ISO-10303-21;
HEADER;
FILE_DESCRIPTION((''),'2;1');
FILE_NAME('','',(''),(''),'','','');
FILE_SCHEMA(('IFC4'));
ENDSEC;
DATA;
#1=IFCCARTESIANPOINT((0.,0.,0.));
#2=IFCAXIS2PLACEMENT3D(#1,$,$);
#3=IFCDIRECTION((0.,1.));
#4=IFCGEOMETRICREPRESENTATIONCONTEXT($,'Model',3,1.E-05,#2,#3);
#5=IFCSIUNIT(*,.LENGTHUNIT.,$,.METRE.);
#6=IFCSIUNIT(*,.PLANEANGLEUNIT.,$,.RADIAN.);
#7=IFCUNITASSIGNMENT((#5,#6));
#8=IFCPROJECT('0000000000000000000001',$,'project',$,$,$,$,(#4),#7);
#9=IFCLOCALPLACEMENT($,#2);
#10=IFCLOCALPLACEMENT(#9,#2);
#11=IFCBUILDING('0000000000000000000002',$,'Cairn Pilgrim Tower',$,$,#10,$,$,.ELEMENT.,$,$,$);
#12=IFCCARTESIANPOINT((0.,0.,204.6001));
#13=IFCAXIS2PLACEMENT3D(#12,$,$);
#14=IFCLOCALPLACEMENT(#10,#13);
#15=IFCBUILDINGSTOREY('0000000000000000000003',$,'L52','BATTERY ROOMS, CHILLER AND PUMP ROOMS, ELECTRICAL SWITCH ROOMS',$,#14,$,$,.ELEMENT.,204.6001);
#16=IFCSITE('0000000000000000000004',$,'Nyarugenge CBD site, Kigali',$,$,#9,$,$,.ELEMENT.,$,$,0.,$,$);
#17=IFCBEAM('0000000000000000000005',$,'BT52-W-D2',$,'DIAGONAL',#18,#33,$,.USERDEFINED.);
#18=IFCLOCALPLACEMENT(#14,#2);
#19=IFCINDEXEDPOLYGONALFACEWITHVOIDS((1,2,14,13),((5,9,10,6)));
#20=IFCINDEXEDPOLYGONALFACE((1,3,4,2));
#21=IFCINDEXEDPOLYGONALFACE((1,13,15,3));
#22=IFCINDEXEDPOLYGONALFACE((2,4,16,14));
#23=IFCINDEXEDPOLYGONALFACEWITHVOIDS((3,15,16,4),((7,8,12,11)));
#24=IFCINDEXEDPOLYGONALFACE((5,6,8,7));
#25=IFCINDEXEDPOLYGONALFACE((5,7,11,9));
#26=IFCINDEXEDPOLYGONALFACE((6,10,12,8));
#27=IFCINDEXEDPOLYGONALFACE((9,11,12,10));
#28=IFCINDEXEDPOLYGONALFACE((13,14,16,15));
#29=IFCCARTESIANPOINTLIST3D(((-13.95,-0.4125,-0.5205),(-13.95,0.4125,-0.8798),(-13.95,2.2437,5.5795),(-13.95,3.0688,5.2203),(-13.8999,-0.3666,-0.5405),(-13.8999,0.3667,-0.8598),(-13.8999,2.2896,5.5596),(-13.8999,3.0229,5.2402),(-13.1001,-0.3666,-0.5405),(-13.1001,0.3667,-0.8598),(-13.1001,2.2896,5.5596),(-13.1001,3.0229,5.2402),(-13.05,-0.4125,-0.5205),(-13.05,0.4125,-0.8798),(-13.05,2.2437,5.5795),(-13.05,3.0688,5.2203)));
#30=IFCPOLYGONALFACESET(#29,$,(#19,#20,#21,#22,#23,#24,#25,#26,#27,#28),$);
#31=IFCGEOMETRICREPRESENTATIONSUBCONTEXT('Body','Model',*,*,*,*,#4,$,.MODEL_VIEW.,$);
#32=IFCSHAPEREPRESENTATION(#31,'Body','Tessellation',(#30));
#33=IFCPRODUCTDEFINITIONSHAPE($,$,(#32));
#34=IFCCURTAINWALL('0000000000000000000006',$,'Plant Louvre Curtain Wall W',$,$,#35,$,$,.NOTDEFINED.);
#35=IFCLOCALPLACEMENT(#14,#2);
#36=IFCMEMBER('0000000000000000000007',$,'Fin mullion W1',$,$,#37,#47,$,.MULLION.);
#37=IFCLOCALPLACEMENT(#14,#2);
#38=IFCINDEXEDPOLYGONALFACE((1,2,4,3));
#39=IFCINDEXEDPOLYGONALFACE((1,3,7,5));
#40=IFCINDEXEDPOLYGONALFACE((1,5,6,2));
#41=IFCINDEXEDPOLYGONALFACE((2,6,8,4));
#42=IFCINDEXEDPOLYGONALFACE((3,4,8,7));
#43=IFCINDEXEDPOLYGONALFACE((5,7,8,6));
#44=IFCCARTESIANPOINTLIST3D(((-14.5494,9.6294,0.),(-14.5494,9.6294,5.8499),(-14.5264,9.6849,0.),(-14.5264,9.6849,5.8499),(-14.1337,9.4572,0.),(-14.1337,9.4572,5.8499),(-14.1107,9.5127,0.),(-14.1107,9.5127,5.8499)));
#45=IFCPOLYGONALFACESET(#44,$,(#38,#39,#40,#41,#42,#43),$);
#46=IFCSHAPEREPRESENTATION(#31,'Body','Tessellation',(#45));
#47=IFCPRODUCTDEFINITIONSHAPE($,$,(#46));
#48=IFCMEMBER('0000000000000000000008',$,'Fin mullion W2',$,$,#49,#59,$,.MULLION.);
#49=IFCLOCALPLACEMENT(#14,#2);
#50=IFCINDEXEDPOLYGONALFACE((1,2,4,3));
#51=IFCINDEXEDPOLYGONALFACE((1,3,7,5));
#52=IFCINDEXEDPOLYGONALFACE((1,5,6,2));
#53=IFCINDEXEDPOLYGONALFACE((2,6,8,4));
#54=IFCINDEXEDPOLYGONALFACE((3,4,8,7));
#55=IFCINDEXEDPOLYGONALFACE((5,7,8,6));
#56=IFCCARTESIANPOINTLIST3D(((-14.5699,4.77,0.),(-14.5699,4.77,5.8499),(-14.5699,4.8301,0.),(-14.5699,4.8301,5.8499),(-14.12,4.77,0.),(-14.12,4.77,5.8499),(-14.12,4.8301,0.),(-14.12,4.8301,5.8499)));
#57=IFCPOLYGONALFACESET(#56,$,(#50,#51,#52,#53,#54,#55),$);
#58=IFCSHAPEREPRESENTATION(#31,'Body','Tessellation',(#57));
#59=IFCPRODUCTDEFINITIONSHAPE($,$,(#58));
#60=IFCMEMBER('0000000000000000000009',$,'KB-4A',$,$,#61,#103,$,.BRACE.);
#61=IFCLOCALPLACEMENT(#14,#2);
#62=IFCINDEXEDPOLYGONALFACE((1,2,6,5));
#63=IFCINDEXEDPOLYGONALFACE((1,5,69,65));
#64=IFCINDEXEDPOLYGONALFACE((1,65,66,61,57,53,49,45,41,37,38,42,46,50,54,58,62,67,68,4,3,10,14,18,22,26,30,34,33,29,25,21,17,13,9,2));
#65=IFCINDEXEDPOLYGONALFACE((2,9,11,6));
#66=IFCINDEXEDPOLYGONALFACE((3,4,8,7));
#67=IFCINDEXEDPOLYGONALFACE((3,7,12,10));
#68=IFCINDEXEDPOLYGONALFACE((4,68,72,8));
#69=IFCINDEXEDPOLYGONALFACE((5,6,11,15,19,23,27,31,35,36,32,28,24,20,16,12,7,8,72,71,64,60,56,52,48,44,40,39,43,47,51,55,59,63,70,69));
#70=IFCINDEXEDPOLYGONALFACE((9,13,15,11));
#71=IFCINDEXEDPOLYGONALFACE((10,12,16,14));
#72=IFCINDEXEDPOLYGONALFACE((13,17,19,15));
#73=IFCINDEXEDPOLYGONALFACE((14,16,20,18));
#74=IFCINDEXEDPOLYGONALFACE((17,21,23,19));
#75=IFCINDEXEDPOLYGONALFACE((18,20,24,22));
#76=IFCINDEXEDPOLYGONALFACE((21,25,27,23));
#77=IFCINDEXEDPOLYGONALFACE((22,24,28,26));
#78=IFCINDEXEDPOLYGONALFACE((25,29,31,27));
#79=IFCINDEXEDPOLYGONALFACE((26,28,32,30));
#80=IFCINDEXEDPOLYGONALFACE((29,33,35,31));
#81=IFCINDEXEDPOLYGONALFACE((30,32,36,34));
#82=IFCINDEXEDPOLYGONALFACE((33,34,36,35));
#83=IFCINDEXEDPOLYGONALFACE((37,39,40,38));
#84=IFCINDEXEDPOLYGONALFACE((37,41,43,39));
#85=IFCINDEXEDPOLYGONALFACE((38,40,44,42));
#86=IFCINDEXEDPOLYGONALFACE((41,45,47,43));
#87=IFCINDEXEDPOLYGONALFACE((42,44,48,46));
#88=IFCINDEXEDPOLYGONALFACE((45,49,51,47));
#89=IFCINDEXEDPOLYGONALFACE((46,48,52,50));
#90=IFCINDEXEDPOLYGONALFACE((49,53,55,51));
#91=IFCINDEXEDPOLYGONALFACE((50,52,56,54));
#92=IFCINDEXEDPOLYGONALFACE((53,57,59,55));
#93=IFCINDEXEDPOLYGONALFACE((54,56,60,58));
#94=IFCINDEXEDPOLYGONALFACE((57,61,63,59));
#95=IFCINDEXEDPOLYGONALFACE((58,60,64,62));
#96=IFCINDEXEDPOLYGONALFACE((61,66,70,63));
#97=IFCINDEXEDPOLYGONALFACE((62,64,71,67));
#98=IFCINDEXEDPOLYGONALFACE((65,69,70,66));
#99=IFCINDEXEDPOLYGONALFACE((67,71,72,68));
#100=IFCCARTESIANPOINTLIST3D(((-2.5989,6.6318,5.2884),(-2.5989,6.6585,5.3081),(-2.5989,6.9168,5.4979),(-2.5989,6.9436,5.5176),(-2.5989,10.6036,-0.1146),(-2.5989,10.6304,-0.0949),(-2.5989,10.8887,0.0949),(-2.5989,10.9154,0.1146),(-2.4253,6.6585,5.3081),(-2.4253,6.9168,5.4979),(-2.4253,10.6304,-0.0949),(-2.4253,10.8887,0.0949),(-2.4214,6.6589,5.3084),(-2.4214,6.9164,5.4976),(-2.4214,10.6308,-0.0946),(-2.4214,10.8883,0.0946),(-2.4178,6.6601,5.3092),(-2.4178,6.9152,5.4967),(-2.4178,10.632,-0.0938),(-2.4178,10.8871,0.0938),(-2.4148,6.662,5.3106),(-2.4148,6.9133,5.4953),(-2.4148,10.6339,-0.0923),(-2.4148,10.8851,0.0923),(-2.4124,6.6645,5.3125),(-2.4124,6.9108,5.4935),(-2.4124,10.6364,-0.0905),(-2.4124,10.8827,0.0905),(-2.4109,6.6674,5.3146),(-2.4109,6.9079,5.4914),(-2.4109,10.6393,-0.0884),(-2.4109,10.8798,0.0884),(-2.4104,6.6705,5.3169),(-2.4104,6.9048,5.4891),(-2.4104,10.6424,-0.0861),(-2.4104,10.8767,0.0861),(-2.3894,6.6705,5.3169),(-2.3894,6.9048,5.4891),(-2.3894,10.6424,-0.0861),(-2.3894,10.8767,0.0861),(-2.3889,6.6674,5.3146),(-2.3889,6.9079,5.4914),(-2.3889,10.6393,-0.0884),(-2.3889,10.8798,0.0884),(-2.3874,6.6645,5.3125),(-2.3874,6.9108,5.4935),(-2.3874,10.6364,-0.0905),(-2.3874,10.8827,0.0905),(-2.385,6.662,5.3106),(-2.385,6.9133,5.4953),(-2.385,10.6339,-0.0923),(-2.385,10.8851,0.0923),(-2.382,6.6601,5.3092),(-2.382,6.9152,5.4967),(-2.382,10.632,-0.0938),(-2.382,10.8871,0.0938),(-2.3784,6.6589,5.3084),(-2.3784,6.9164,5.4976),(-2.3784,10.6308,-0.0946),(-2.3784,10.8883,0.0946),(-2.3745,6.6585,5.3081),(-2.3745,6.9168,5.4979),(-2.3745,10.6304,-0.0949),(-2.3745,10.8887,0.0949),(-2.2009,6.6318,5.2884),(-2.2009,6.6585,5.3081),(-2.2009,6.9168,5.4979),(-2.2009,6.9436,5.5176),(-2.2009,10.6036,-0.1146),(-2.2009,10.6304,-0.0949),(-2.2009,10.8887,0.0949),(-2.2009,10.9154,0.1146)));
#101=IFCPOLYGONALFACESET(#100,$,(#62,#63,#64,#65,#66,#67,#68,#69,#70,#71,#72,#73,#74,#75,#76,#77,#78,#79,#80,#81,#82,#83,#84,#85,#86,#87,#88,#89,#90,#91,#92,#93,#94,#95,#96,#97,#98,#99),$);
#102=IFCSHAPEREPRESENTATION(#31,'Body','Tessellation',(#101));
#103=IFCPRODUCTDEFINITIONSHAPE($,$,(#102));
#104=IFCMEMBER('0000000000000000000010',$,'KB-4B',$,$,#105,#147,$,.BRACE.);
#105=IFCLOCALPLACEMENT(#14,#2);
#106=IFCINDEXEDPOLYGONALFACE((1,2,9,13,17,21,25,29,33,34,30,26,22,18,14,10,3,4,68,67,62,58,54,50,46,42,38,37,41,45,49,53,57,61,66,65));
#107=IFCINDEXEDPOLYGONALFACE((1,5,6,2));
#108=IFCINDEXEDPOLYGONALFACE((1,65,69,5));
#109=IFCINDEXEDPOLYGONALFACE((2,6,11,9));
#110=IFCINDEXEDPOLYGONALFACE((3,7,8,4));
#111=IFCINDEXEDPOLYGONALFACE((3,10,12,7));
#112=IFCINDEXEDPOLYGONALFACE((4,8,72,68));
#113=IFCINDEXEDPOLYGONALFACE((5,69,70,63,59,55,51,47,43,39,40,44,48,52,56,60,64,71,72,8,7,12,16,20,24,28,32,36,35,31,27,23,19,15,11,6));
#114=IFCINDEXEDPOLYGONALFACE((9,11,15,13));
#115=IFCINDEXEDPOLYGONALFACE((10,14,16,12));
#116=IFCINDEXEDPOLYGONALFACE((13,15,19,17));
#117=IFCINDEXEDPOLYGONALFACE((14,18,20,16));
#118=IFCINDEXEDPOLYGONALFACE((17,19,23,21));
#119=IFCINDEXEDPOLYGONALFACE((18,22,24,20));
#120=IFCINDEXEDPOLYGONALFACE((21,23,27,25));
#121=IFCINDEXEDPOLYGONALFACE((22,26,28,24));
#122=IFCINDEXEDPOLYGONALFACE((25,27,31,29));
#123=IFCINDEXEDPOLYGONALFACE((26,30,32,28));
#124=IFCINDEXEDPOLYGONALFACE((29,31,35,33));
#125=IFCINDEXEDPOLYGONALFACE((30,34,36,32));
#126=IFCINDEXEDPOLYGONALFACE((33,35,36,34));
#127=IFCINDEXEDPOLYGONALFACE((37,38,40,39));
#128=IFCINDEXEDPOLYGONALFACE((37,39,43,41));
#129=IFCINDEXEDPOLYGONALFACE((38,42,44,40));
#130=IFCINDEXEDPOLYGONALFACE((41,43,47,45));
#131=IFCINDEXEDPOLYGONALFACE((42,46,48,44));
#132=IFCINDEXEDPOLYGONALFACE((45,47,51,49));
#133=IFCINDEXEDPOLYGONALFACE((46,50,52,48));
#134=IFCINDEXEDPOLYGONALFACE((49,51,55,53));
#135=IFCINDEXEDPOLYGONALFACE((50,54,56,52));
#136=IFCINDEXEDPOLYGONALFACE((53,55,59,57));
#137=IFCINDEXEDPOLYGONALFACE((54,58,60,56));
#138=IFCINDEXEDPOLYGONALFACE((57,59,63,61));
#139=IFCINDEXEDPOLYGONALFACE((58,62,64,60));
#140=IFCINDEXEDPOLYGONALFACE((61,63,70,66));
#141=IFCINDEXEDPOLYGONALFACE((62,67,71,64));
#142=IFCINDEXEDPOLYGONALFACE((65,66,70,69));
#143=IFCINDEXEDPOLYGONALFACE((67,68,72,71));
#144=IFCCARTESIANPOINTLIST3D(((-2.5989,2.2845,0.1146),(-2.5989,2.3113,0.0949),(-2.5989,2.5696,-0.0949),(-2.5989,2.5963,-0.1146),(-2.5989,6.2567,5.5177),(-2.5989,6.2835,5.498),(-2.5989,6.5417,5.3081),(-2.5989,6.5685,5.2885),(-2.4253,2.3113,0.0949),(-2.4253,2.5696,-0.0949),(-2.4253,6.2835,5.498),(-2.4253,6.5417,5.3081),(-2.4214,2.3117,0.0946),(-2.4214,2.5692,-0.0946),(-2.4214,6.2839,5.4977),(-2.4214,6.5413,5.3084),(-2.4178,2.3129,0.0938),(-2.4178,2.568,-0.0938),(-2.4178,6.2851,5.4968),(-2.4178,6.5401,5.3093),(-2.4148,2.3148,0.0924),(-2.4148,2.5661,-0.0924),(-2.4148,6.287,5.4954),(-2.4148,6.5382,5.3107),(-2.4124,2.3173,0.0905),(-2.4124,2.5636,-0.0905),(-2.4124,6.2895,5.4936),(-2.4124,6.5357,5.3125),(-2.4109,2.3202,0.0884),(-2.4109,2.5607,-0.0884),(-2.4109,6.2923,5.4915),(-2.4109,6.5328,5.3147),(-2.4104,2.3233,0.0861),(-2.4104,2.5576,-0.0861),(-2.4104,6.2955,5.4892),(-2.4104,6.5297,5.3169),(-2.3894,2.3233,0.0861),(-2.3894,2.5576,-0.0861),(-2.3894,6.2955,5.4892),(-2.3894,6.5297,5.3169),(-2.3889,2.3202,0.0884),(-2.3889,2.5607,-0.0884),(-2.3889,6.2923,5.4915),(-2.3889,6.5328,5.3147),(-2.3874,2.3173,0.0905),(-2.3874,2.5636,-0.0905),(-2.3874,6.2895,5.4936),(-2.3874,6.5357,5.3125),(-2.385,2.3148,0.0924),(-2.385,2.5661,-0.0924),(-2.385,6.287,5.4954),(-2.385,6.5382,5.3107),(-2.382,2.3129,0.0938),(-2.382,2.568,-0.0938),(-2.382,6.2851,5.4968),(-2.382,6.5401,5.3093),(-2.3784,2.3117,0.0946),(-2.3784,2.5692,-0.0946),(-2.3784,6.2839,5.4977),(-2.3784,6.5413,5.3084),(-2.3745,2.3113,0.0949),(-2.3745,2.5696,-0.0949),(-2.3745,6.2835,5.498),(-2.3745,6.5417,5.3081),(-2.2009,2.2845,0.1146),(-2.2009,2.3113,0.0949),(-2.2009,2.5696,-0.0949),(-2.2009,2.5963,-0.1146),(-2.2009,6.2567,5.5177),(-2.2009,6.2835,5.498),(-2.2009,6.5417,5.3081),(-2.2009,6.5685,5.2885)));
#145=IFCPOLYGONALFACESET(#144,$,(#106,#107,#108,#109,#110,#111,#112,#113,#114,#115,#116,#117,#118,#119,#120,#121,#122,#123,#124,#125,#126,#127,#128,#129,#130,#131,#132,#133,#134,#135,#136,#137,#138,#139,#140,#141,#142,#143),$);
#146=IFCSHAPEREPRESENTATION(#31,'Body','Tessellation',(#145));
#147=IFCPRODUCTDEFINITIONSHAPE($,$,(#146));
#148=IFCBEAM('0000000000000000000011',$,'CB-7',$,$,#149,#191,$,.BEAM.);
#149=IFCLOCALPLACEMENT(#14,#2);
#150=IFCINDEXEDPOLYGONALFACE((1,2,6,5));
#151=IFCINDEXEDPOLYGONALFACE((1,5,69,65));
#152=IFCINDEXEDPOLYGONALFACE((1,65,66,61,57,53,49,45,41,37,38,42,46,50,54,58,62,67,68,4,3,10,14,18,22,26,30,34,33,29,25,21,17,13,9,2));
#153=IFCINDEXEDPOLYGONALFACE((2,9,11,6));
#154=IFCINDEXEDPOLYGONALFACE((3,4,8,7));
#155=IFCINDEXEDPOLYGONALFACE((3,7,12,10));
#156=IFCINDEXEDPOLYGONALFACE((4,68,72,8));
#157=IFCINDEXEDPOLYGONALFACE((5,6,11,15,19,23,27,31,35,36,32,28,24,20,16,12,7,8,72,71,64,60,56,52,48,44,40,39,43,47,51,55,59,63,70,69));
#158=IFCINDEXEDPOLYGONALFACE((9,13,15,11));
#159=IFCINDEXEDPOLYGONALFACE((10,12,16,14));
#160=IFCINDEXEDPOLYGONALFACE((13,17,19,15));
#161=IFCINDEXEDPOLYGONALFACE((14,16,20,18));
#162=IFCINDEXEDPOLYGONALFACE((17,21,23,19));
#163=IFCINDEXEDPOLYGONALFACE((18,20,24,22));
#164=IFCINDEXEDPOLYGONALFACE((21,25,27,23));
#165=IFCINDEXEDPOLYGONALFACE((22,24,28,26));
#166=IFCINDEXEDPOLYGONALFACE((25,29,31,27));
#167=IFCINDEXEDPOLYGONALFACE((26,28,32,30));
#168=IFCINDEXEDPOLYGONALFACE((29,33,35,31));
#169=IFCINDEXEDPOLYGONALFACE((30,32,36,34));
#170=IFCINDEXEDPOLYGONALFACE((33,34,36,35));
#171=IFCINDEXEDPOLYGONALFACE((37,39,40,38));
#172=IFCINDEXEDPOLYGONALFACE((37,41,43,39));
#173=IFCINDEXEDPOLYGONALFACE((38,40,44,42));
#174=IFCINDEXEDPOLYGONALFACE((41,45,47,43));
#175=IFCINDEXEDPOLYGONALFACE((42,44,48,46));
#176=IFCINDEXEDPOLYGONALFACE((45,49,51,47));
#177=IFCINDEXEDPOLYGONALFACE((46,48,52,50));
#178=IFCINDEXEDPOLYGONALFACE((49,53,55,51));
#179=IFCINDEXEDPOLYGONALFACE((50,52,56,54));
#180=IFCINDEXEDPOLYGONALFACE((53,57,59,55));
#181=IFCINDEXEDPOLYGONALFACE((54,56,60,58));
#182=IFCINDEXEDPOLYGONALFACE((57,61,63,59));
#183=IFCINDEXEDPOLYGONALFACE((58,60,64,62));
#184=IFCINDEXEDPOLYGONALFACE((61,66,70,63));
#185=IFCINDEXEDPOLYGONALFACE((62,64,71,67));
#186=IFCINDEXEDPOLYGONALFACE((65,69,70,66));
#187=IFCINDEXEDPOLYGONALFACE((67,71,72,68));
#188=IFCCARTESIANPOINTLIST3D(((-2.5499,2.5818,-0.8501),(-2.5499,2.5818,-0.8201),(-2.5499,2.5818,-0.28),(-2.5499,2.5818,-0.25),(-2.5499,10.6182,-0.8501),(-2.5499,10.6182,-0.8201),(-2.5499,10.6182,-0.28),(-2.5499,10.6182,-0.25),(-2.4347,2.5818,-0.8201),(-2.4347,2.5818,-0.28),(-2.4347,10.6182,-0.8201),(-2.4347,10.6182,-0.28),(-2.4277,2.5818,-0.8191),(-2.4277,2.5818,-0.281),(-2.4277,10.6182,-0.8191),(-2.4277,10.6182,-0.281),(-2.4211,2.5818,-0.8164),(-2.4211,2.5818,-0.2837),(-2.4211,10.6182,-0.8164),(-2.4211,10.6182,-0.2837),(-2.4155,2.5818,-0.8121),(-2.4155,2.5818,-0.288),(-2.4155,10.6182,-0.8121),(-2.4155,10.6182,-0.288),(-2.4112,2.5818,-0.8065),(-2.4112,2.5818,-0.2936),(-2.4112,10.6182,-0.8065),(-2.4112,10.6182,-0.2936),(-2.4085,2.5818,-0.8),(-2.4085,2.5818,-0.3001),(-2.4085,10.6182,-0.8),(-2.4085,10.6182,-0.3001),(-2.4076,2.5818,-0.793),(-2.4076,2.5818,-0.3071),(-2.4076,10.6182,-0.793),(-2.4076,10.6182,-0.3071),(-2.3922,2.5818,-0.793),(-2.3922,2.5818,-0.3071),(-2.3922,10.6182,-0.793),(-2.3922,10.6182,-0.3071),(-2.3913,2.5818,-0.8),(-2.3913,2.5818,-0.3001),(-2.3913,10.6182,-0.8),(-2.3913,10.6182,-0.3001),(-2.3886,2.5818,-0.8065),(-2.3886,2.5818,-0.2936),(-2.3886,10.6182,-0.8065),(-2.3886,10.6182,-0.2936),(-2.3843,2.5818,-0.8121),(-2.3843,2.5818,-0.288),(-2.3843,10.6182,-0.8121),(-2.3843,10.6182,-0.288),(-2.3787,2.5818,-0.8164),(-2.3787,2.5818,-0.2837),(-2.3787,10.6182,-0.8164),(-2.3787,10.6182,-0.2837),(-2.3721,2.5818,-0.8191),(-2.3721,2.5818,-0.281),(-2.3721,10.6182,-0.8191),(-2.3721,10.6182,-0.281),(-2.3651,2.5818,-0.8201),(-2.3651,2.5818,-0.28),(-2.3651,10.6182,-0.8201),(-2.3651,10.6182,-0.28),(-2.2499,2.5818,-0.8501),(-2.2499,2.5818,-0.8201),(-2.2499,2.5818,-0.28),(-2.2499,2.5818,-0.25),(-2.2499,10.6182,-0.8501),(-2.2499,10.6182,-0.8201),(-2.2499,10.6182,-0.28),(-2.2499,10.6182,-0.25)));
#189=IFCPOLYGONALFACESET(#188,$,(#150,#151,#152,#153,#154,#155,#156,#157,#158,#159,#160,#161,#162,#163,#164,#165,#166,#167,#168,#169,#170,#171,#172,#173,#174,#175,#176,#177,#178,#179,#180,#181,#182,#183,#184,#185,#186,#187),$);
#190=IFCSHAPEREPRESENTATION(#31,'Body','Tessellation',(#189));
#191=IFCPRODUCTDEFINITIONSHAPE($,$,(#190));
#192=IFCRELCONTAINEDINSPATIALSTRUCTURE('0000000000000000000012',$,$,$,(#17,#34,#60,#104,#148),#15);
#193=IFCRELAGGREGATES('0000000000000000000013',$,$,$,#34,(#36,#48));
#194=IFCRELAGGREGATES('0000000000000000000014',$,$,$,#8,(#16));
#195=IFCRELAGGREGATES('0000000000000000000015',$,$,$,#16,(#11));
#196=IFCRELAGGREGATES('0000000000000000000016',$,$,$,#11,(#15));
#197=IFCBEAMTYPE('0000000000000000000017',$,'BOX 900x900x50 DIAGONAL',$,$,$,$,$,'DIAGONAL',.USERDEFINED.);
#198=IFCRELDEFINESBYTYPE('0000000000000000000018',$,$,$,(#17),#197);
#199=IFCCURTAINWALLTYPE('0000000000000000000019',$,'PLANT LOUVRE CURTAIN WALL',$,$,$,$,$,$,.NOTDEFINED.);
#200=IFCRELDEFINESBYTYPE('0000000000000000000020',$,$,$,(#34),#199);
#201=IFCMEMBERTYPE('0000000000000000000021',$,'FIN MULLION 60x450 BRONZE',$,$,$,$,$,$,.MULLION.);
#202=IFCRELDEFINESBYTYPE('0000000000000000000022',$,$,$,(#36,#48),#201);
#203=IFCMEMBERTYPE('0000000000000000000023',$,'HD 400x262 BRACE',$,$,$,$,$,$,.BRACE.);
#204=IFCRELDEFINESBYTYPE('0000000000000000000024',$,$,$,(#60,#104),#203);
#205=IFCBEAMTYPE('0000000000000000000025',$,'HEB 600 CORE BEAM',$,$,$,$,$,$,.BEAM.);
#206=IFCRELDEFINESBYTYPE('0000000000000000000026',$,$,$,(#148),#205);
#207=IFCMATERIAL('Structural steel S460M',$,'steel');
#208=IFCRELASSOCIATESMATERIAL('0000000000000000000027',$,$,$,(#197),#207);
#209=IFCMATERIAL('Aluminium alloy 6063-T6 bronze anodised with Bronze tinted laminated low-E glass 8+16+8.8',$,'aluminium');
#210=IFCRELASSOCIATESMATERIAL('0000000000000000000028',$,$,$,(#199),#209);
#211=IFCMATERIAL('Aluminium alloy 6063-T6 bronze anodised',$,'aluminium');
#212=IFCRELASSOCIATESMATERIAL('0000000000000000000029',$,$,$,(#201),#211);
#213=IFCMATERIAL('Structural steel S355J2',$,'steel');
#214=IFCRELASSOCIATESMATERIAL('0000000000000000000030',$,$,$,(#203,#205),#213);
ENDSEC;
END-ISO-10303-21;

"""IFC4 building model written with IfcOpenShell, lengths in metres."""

from ifc_helpers import new_model, si_unit, direction, frame, origin, origin_2d, place, context, subcontext, project, spatial, rectangle, hollow_rectangle, i_section, extrude, material, material_profile, profile_set, type_object, element, aggregate, save


model = new_model("IFC4")

# Units and contexts
model_context = context("Model", 3, precision=1e-05, world=origin(), true_north=direction((0.0, 1.0)))
body_context = subcontext(model_context, "Body", "Model", "MODEL_VIEW")
ifc_project = project(units=[si_unit("LENGTHUNIT", "METRE"), si_unit("PLANEANGLEUNIT", "RADIAN")], contexts=[model_context])

# Site, building, storey
site_placement = place(None, origin())
site = spatial("IfcSite", under=ifc_project, at=site_placement, Name="Nyarugenge CBD site, Kigali", CompositionType="ELEMENT", RefElevation=0.0)
building_placement = place(site_placement, origin())
building = spatial("IfcBuilding", under=site, at=building_placement, Name="Cairn Pilgrim Tower", CompositionType="ELEMENT")
storey_placement = place(building_placement, frame((0.0, 0.0, 204.6001)))
storey = spatial("IfcBuildingStorey", under=building, at=storey_placement, Name="L52", Description="BATTERY ROOMS, CHILLER AND PUMP ROOMS, ELECTRICAL SWITCH ROOMS", CompositionType="ELEMENT", Elevation=204.6001)

# Shared definitions
ifc_material_1 = material(Name="Structural steel S460M", Category="steel")
ifc_material_2 = material(Name="Structural steel S355J2", Category="steel")

# Beam
ifc_material_profile_1 = material_profile(ifc_material_1, hollow_rectangle(XDim=0.8999, YDim=0.8999, WallThickness=0.05, at=origin_2d()), Name="BOX 900x900x50")
ifc_profile_set_1 = profile_set([ifc_material_profile_1], Name="Structural steel S460M")
beam_type_1 = type_object("IfcBeamType", Name="BOX 900x900x50 DIAGONAL", ElementType="DIAGONAL", PredefinedType="USERDEFINED", material=ifc_profile_set_1)
beam_1_placement = place(storey_placement, frame((-13.5, 2.6562, 5.3999), z_axis=(0.0, -0.399236, -0.916848), x_axis=(1.0, 0.0, 0.0)))
element("IfcBeam", 1, at=beam_1_placement, inside=storey, type_object=beam_type_1, Name="BT52-W-D2", ObjectType="DIAGONAL", PredefinedType="USERDEFINED", context=body_context, shape_type="SweptSolid", body=[
    extrude(hollow_rectangle(XDim=0.8999, YDim=0.8999, WallThickness=0.05, at=origin_2d()), origin(), (0.0, 0.0, 1.0), 6.6533),
])

# Curtain wall, members
ifc_material_3 = material(Name="Aluminium alloy 6063-T6 bronze anodised with Bronze tinted laminated low-E glass 8+16+8.8", Category="aluminium")
curtain_wall_type = type_object("IfcCurtainWallType", Name="PLANT LOUVRE CURTAIN WALL", PredefinedType="NOTDEFINED", material=ifc_material_3)
curtain_wall_1_placement = place(storey_placement, origin())
curtain_wall_1 = element("IfcCurtainWall", 2, at=curtain_wall_1_placement, inside=storey, type_object=curtain_wall_type, Name="Plant Louvre Curtain Wall W", PredefinedType="NOTDEFINED")
ifc_material_4 = material(Name="Aluminium alloy 6063-T6 bronze anodised", Category="aluminium")
ifc_material_profile_2 = material_profile(ifc_material_4, rectangle(XDim=0.45, YDim=0.0601, at=origin_2d()), Name="FIN MULLION 60x450 BRONZE")
ifc_profile_set_2 = profile_set([ifc_material_profile_2], Name="Aluminium alloy 6063-T6 bronze anodised")
member_type_1 = type_object("IfcMemberType", Name="FIN MULLION 60x450 BRONZE", PredefinedType="MULLION", material=ifc_profile_set_2)
member_1_placement = place(storey_placement, frame((-14.3301, 9.571, 0.0), z_axis=(0.0, 0.0, 1.0), x_axis=(-0.92388, 0.382683, 0.0)))
member_1 = element("IfcMember", 3, at=member_1_placement, type_object=member_type_1, Name="Fin mullion W1", PredefinedType="MULLION", context=body_context, shape_type="SweptSolid", body=[
    extrude(rectangle(XDim=0.45, YDim=0.0601, at=origin_2d()), origin(), (0.0, 0.0, 1.0), 5.8499),
])
member_2_placement = place(storey_placement, frame((-14.345, 4.8, 0.0), z_axis=(0.0, 0.0, 1.0), x_axis=(-1.0, 0.0, 0.0)))
member_2 = element("IfcMember", 4, at=member_2_placement, type_object=member_type_1, Name="Fin mullion W2", PredefinedType="MULLION", context=body_context, shape_type="SweptSolid", body=[
    extrude(rectangle(XDim=0.45, YDim=0.0601, at=origin_2d()), origin(), (0.0, 0.0, 1.0), 5.8499),
])

# Members
ifc_material_profile_3 = material_profile(ifc_material_2, i_section(OverallWidth=0.3979, OverallDepth=0.387, WebThickness=0.021, FlangeThickness=0.0332, FilletRadius=0.0149, at=origin_2d()), Name="HD 400x262")
ifc_profile_set_3 = profile_set([ifc_material_profile_3], Name="Structural steel S355J2")
member_type_2 = type_object("IfcMemberType", Name="HD 400x262 BRACE", PredefinedType="BRACE", material=ifc_profile_set_3)
member_3_placement = place(storey_placement, frame((-2.3999, 10.7595, 0.0), z_axis=(0.0, -0.592301, 0.805717), x_axis=(1.0, 0.0, 0.0)))
element("IfcMember", 5, at=member_3_placement, inside=storey, type_object=member_type_2, Name="KB-4A", PredefinedType="BRACE", context=body_context, shape_type="SweptSolid", body=[
    extrude(i_section(OverallWidth=0.3979, OverallDepth=0.387, WebThickness=0.021, FlangeThickness=0.0332, FilletRadius=0.0149, at=origin_2d()), origin(), (0.0, 0.0, 1.0), 6.7058),
])
member_4_placement = place(storey_placement, frame((-2.3999, 2.4404, 0.0), z_axis=(0.0, 0.592324, 0.8057), x_axis=(-1.0, 0.0, 0.0)))
element("IfcMember", 6, at=member_4_placement, inside=storey, type_object=member_type_2, Name="KB-4B", PredefinedType="BRACE", context=body_context, shape_type="SweptSolid", body=[
    extrude(i_section(OverallWidth=0.3979, OverallDepth=0.387, WebThickness=0.021, FlangeThickness=0.0332, FilletRadius=0.0149, at=origin_2d()), origin(), (0.0, 0.0, 1.0), 6.7061),
])

# Beam
ifc_material_profile_4 = material_profile(ifc_material_2, i_section(OverallWidth=0.3, OverallDepth=0.6001, WebThickness=0.0154, FlangeThickness=0.03, FilletRadius=0.0271, at=origin_2d()), Name="HEB 600")
ifc_profile_set_4 = profile_set([ifc_material_profile_4], Name="Structural steel S355J2")
beam_type_2 = type_object("IfcBeamType", Name="HEB 600 CORE BEAM", PredefinedType="BEAM", material=ifc_profile_set_4)
beam_2_placement = place(storey_placement, frame((-2.3999, 10.6182, -0.55), z_axis=(0.0, -1.0, 0.0), x_axis=(1.0, 0.0, 0.0)))
element("IfcBeam", 7, at=beam_2_placement, inside=storey, type_object=beam_type_2, Name="CB-7", PredefinedType="BEAM", context=body_context, shape_type="SweptSolid", body=[
    extrude(i_section(OverallWidth=0.3, OverallDepth=0.6001, WebThickness=0.0154, FlangeThickness=0.03, FilletRadius=0.0271, at=origin_2d()), origin(), (0.0, 0.0, 1.0), 8.0364),
])

aggregate(curtain_wall_1, [member_1, member_2])

save(model, "model.ifc")
